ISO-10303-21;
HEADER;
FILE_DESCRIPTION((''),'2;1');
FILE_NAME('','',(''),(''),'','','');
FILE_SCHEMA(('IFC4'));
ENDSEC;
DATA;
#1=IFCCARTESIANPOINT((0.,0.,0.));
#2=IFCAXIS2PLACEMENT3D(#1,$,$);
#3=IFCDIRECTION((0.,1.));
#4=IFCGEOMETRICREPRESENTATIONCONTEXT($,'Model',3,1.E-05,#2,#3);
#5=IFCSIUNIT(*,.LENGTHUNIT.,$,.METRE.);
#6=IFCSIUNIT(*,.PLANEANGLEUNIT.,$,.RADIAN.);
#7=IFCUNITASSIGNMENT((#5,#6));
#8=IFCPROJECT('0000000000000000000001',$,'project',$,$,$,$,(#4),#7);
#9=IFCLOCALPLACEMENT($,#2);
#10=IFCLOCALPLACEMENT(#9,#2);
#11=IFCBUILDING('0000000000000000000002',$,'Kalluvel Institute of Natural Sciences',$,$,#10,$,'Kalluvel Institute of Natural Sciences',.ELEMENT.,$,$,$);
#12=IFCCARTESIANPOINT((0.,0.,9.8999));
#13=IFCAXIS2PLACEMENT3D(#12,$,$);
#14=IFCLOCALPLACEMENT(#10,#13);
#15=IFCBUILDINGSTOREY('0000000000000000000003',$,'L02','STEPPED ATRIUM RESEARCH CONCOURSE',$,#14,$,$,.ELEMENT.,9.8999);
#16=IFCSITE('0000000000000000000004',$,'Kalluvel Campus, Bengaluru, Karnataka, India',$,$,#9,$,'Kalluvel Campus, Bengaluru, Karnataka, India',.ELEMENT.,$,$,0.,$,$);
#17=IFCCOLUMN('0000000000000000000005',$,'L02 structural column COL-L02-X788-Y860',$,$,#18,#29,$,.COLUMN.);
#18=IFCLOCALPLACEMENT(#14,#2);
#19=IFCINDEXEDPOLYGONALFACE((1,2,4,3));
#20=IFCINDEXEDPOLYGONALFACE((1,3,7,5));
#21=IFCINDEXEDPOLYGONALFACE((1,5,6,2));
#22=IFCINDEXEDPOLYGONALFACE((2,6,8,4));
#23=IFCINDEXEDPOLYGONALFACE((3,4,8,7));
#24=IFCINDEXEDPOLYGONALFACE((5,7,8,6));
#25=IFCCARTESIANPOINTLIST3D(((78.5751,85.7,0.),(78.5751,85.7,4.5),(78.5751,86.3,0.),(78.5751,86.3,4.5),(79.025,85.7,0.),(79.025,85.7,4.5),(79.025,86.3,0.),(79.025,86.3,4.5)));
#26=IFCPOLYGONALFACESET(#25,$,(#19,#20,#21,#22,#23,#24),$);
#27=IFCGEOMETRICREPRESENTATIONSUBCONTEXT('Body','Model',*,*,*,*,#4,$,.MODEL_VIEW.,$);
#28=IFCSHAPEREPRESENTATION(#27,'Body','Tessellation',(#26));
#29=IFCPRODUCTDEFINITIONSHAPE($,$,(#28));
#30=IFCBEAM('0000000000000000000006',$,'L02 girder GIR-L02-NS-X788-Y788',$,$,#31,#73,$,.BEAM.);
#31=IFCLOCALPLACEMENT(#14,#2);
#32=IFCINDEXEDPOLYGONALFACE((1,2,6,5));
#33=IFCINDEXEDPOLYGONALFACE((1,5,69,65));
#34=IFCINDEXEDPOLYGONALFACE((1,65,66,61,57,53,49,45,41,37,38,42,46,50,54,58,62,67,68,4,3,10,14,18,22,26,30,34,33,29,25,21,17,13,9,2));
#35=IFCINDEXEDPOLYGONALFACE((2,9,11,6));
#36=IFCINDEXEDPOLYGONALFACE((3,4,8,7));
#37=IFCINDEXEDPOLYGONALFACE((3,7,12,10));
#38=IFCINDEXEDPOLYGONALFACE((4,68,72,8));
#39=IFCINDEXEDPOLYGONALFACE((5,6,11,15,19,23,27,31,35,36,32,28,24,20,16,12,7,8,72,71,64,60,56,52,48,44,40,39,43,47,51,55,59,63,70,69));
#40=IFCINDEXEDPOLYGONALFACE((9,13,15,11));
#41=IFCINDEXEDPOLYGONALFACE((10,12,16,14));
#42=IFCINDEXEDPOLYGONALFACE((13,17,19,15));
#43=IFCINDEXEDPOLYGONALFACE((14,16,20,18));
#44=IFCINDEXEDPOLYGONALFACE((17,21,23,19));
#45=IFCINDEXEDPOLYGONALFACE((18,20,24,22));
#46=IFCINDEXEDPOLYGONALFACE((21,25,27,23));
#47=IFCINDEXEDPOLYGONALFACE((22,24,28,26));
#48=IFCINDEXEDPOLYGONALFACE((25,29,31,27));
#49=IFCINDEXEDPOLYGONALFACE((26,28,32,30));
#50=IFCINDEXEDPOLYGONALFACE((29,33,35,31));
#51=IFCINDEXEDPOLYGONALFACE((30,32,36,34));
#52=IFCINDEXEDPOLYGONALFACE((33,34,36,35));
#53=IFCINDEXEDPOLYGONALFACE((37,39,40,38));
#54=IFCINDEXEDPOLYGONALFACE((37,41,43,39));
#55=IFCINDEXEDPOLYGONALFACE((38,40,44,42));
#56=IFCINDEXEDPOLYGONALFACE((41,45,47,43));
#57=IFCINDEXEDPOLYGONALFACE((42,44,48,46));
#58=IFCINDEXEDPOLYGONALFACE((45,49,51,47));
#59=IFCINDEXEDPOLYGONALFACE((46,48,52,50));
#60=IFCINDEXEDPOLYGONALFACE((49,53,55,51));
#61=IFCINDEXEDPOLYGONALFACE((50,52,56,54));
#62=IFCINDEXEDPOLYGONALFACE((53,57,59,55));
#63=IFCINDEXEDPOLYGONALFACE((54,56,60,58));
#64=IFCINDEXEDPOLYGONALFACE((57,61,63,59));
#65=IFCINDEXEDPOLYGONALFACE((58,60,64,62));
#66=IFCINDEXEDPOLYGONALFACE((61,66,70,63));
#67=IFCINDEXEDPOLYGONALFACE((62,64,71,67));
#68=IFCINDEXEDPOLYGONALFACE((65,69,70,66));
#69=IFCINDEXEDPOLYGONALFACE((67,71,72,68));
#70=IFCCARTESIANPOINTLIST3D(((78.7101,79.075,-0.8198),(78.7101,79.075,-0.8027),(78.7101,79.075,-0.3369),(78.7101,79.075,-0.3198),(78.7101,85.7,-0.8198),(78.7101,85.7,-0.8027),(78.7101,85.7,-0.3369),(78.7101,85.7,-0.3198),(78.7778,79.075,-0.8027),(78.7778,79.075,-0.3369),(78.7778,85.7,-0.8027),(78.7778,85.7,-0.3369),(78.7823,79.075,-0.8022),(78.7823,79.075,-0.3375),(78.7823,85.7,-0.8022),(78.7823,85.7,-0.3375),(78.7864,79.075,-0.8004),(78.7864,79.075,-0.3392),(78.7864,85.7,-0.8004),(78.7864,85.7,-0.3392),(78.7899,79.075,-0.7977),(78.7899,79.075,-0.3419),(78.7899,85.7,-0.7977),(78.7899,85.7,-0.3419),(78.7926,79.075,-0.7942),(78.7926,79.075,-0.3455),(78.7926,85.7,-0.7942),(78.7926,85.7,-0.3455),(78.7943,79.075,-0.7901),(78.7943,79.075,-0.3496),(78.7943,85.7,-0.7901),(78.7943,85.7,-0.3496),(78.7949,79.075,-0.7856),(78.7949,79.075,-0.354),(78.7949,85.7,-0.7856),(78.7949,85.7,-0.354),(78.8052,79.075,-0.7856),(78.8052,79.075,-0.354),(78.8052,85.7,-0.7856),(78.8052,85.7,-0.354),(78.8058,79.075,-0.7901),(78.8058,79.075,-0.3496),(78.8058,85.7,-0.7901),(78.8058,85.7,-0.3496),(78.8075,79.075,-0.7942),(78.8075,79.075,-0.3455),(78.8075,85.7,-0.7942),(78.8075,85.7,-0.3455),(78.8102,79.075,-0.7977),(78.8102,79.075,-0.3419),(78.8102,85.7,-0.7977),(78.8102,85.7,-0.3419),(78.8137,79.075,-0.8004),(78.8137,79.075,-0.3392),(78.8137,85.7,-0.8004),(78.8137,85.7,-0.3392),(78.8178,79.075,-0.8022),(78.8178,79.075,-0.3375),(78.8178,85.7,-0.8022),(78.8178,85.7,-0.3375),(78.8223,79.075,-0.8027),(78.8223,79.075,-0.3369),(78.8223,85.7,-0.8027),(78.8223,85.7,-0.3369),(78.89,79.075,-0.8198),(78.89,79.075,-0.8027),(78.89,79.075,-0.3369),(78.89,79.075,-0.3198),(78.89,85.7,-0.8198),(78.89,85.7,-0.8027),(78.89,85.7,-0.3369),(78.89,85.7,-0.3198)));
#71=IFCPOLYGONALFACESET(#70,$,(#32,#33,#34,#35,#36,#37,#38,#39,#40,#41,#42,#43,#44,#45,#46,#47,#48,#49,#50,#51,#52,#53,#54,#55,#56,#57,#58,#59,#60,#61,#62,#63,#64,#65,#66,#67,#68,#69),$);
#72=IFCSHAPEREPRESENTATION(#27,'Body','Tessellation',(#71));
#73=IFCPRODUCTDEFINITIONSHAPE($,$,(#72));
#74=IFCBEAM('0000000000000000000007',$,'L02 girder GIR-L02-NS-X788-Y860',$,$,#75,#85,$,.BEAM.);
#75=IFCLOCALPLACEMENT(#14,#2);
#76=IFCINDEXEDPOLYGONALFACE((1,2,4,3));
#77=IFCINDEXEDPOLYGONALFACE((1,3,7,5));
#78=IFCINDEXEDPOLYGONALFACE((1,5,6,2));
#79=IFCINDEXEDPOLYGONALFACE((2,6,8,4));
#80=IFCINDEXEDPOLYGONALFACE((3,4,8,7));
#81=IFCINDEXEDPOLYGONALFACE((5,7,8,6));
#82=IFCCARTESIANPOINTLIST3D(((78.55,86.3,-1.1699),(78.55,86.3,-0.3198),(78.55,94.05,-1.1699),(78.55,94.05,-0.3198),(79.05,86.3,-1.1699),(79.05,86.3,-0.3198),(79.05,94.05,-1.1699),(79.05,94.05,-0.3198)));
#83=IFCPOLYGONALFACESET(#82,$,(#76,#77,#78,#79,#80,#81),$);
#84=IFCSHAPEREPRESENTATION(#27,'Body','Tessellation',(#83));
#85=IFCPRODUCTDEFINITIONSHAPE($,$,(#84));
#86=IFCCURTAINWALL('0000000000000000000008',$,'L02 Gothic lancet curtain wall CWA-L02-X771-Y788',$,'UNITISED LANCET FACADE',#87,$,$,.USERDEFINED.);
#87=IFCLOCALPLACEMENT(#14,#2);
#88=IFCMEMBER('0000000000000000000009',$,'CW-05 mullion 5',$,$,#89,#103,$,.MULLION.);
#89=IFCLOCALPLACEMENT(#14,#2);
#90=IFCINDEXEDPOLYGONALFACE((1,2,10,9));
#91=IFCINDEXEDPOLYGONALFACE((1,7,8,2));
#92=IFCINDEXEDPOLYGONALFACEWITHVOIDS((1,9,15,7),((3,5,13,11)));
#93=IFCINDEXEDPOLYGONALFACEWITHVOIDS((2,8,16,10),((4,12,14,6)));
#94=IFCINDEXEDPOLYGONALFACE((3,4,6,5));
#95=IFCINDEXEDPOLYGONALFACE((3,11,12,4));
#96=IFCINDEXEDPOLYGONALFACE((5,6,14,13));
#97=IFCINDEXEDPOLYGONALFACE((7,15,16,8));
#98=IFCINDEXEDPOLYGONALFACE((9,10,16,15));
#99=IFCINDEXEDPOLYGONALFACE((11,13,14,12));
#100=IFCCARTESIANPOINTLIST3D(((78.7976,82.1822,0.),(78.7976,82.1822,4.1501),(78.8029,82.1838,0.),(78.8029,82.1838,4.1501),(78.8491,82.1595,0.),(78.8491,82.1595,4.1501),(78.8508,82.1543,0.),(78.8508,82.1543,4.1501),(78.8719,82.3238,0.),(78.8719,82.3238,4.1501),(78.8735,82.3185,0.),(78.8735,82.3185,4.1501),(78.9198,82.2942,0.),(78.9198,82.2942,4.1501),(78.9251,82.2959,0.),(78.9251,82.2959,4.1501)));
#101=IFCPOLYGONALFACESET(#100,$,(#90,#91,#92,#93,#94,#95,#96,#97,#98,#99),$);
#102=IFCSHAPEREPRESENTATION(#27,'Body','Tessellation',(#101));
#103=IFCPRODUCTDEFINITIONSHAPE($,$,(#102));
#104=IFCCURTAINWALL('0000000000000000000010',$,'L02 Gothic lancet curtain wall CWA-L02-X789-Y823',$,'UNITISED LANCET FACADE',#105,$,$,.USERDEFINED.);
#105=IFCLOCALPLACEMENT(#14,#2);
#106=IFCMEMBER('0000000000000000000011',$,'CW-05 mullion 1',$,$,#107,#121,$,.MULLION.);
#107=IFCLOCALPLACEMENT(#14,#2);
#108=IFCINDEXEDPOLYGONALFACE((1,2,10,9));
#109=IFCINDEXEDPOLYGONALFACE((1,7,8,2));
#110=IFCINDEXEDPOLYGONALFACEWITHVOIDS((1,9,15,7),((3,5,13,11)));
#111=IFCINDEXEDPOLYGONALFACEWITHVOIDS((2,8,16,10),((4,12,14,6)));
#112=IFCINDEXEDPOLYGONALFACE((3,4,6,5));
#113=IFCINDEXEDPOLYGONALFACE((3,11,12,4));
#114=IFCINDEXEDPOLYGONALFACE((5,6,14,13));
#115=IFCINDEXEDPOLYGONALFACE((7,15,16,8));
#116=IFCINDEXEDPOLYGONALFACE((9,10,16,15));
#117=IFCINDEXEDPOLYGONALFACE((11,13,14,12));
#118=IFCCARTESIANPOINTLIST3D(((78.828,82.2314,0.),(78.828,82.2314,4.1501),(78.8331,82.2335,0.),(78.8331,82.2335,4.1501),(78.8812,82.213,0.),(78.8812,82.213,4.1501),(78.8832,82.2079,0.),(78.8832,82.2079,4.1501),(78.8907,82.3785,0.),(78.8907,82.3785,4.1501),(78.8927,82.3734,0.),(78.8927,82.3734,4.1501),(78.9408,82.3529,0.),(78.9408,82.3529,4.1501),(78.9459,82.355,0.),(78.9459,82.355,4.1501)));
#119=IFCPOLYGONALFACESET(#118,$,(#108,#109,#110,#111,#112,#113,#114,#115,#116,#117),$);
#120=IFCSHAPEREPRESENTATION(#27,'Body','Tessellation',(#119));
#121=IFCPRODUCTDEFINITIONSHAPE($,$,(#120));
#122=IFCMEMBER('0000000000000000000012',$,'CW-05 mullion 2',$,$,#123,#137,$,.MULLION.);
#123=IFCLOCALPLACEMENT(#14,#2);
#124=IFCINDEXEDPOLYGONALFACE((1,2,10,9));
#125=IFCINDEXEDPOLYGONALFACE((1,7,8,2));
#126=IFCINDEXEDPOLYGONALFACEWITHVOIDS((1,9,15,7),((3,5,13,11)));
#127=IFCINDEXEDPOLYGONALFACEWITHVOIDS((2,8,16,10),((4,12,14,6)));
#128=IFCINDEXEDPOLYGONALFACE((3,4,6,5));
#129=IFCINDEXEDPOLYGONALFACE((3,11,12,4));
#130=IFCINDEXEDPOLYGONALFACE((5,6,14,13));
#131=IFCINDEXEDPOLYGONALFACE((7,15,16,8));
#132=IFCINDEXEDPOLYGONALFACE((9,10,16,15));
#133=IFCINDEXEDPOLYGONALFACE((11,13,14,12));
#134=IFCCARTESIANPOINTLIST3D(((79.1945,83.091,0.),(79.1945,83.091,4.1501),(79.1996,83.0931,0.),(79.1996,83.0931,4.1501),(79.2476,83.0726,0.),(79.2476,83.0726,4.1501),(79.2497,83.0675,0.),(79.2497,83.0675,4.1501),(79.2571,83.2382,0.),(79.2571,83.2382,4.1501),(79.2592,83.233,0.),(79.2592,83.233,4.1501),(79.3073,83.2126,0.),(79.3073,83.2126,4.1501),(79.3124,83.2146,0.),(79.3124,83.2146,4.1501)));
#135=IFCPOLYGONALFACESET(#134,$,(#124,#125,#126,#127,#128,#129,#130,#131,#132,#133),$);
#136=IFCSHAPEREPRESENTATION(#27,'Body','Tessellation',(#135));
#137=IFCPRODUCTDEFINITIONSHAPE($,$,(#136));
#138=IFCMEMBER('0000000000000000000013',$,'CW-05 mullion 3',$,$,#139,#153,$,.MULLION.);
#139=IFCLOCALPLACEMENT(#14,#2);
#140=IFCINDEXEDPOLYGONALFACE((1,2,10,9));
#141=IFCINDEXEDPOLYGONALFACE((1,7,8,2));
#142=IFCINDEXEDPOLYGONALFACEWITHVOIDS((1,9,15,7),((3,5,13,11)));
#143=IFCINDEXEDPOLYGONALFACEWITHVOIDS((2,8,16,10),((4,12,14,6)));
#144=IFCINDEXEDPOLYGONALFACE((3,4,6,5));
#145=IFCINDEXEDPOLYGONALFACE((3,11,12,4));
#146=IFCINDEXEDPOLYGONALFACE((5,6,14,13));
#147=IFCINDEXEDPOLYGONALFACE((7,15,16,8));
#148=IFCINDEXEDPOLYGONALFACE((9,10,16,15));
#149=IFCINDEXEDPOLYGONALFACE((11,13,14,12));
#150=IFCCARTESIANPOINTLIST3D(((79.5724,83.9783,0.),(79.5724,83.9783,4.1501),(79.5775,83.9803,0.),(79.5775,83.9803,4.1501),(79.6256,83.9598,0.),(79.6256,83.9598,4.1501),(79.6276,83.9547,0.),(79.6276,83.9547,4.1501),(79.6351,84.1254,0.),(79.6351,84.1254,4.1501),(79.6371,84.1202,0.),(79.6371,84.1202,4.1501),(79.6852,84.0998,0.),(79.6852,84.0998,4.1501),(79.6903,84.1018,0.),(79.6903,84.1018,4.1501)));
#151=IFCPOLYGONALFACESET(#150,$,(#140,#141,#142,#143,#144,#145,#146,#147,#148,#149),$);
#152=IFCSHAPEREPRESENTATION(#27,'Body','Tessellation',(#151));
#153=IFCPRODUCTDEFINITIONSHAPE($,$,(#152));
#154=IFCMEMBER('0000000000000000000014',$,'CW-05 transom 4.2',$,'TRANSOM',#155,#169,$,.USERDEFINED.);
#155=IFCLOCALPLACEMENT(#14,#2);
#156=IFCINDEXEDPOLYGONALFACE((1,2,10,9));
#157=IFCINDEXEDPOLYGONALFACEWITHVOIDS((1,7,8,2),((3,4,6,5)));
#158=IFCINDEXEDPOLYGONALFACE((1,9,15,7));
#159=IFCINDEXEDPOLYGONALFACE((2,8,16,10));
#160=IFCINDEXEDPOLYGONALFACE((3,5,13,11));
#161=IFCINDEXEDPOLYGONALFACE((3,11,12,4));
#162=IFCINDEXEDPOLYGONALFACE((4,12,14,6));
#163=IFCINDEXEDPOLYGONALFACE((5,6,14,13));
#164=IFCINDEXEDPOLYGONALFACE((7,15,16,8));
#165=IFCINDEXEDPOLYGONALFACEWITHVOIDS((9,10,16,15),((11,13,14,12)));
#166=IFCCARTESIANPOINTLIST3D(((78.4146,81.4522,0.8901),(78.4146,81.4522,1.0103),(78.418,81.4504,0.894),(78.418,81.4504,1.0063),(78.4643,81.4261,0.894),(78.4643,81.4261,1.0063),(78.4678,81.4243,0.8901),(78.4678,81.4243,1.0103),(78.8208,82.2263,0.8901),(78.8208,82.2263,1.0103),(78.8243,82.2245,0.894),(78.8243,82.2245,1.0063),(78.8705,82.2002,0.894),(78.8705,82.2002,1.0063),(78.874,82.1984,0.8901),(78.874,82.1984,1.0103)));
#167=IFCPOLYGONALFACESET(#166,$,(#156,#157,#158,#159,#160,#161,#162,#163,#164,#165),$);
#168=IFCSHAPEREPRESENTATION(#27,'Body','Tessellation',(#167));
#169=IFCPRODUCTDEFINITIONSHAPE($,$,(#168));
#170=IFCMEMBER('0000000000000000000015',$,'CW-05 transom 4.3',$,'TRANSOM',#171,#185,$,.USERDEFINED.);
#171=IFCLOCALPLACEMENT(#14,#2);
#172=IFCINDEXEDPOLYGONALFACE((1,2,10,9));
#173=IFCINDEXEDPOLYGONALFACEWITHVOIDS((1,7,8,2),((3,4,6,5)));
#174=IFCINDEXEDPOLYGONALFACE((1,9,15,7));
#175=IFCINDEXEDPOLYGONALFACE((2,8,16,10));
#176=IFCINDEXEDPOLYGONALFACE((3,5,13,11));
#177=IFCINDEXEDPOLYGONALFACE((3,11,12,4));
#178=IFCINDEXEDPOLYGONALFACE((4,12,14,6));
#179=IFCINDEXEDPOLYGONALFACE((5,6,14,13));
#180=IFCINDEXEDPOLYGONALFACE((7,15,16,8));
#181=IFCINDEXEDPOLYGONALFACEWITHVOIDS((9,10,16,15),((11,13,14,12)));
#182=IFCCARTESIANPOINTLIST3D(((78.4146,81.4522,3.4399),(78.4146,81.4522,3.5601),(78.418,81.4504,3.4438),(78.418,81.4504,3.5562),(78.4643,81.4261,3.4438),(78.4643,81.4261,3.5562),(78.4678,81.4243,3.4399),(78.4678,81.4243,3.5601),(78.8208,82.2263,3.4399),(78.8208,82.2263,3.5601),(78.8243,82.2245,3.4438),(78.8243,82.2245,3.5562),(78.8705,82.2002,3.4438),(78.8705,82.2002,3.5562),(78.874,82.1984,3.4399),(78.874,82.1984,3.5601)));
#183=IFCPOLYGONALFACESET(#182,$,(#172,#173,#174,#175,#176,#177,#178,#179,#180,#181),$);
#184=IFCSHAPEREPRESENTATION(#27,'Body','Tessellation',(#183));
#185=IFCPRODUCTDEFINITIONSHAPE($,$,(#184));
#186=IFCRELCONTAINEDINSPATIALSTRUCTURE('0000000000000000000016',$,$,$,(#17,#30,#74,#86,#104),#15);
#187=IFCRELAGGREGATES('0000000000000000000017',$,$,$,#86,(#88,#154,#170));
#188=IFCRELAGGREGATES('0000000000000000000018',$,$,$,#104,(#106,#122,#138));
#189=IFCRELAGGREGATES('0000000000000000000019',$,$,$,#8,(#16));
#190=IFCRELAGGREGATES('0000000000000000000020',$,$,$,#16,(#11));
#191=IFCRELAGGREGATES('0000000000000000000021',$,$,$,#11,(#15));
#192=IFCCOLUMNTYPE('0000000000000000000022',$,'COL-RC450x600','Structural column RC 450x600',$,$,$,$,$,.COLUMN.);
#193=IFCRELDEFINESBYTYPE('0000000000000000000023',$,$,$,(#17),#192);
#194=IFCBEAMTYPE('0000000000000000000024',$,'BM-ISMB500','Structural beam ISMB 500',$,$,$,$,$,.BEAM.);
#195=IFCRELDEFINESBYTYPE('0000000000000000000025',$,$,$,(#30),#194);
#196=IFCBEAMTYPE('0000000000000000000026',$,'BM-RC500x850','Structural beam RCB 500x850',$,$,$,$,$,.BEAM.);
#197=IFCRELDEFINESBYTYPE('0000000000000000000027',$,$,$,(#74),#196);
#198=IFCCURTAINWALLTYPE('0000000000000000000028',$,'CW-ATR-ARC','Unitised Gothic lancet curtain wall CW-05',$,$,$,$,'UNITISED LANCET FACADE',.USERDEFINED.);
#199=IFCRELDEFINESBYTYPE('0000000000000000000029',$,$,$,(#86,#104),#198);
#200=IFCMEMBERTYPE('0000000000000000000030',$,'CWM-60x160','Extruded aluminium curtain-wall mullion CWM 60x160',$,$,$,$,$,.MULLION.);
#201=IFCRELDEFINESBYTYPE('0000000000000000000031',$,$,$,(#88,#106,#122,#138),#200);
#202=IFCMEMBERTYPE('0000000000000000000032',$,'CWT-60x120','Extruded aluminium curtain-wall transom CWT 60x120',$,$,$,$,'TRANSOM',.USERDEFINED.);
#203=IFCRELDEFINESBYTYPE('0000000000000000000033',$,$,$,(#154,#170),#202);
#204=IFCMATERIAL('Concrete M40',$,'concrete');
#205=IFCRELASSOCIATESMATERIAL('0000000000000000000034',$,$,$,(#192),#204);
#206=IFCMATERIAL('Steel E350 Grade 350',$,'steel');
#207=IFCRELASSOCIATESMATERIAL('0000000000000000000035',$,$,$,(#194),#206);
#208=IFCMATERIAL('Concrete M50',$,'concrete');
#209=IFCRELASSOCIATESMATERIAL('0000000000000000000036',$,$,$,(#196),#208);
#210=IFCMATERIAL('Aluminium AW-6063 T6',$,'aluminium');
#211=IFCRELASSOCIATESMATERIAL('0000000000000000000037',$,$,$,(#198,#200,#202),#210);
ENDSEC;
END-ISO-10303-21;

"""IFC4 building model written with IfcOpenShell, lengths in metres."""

from ifc_helpers import new_model, si_unit, direction, frame, origin, origin_2d, place, context, subcontext, project, spatial, rectangle, hollow_rectangle, i_section, extrude, material, material_profile, profile_set, type_object, element, aggregate, save


model = new_model("IFC4")

# Units and contexts
model_context = context("Model", 3, precision=1e-05, world=origin(), true_north=direction((0.0, 1.0)))
body_context = subcontext(model_context, "Body", "Model", "MODEL_VIEW")
ifc_project = project(units=[si_unit("LENGTHUNIT", "METRE"), si_unit("PLANEANGLEUNIT", "RADIAN")], contexts=[model_context])

# Site, building, storey
site_placement = place(None, origin())
site = spatial("IfcSite", under=ifc_project, at=site_placement, Name="Kalluvel Campus, Bengaluru, Karnataka, India", LongName="Kalluvel Campus, Bengaluru, Karnataka, India", CompositionType="ELEMENT", RefElevation=0.0)
building_placement = place(site_placement, origin())
building = spatial("IfcBuilding", under=site, at=building_placement, Name="Kalluvel Institute of Natural Sciences", LongName="Kalluvel Institute of Natural Sciences", CompositionType="ELEMENT")
storey_placement = place(building_placement, frame((0.0, 0.0, 9.8999)))
storey = spatial("IfcBuildingStorey", under=building, at=storey_placement, Name="L02", Description="STEPPED ATRIUM RESEARCH CONCOURSE", CompositionType="ELEMENT", Elevation=9.8999)

# Column
ifc_material_1 = material(Name="Concrete M40", Category="concrete")
ifc_material_profile_1 = material_profile(ifc_material_1, rectangle(XDim=0.45, YDim=0.6001, at=origin_2d()), Name="RC 450x600")
ifc_profile_set_1 = profile_set([ifc_material_profile_1], Name="Concrete M40")
column_type = type_object("IfcColumnType", Name="COL-RC450x600", Description="Structural column RC 450x600", PredefinedType="COLUMN", material=ifc_profile_set_1)
column_placement = place(storey_placement, frame((78.8, 86.0, 0.0), z_axis=(0.0, 0.0, 1.0), x_axis=(1.0, 0.0, 0.0)))
element("IfcColumn", 1, at=column_placement, inside=storey, type_object=column_type, Name="L02 structural column COL-L02-X788-Y860", PredefinedType="COLUMN", context=body_context, shape_type="SweptSolid", body=[
    extrude(rectangle(XDim=0.45, YDim=0.6001, at=origin_2d()), origin(), (0.0, 0.0, 1.0), 4.5),
])

# Beams
ifc_material_2 = material(Name="Steel E350 Grade 350", Category="steel")
ifc_material_profile_2 = material_profile(ifc_material_2, i_section(OverallWidth=0.1799, OverallDepth=0.5, WebThickness=0.0103, FlangeThickness=0.0171, FilletRadius=0.0171, at=origin_2d()), Name="ISMB 500")
ifc_profile_set_2 = profile_set([ifc_material_profile_2], Name="Steel E350 Grade 350")
beam_type_1 = type_object("IfcBeamType", Name="BM-ISMB500", Description="Structural beam ISMB 500", PredefinedType="BEAM", material=ifc_profile_set_2)
beam_1_placement = place(storey_placement, frame((78.8, 79.075, -0.5698), z_axis=(0.0, 1.0, 0.0), x_axis=(-1.0, 0.0, 0.0)))
element("IfcBeam", 2, at=beam_1_placement, inside=storey, type_object=beam_type_1, Name="L02 girder GIR-L02-NS-X788-Y788", PredefinedType="BEAM", context=body_context, shape_type="SweptSolid", body=[
    extrude(i_section(OverallWidth=0.1799, OverallDepth=0.5, WebThickness=0.0103, FlangeThickness=0.0171, FilletRadius=0.0171, at=origin_2d()), origin(), (0.0, 0.0, 1.0), 6.625),
])
ifc_material_3 = material(Name="Concrete M50", Category="concrete")
ifc_material_profile_3 = material_profile(ifc_material_3, rectangle(XDim=0.5, YDim=0.8501, at=origin_2d()), Name="RCB 500x850")
ifc_profile_set_3 = profile_set([ifc_material_profile_3], Name="Concrete M50")
beam_type_2 = type_object("IfcBeamType", Name="BM-RC500x850", Description="Structural beam RCB 500x850", PredefinedType="BEAM", material=ifc_profile_set_3)
beam_2_placement = place(storey_placement, frame((78.8, 86.3, -0.7449), z_axis=(0.0, 1.0, 0.0), x_axis=(-1.0, 0.0, 0.0)))
element("IfcBeam", 3, at=beam_2_placement, inside=storey, type_object=beam_type_2, Name="L02 girder GIR-L02-NS-X788-Y860", PredefinedType="BEAM", context=body_context, shape_type="SweptSolid", body=[
    extrude(rectangle(XDim=0.5, YDim=0.8501, at=origin_2d()), origin(), (0.0, 0.0, 1.0), 7.75),
])

# Curtain wall, member
ifc_material_4 = material(Name="Aluminium AW-6063 T6", Category="aluminium")
curtain_wall_type = type_object("IfcCurtainWallType", Name="CW-ATR-ARC", Description="Unitised Gothic lancet curtain wall CW-05", ElementType="UNITISED LANCET FACADE", PredefinedType="USERDEFINED", material=ifc_material_4)
curtain_wall_1_placement = place(storey_placement, origin())
curtain_wall_1 = element("IfcCurtainWall", 4, at=curtain_wall_1_placement, inside=storey, type_object=curtain_wall_type, Name="L02 Gothic lancet curtain wall CWA-L02-X771-Y788", ObjectType="UNITISED LANCET FACADE", PredefinedType="USERDEFINED")
ifc_material_profile_4 = material_profile(ifc_material_4, hollow_rectangle(XDim=0.0601, YDim=0.1599, WallThickness=0.0039, at=origin_2d()), Name="CWM 60x160")
ifc_profile_set_4 = profile_set([ifc_material_profile_4], Name="Aluminium AW-6063 T6")
member_type_1 = type_object("IfcMemberType", Name="CWM-60x160", Description="Extruded aluminium curtain-wall mullion CWM 60x160", PredefinedType="MULLION", material=ifc_profile_set_4)
member_1_placement = place(storey_placement, frame((78.8613, 82.239, 0.0), z_axis=(0.0, 0.0, 1.0), x_axis=(-0.88545, 0.464734, 0.0)))
member_1 = element("IfcMember", 5, at=member_1_placement, type_object=member_type_1, Name="CW-05 mullion 5", PredefinedType="MULLION", context=body_context, shape_type="SweptSolid", body=[
    extrude(hollow_rectangle(XDim=0.0601, YDim=0.1599, WallThickness=0.0039, at=origin_2d()), origin(), (0.0, 0.0, 1.0), 4.1501),
])

# Curtain wall, members
curtain_wall_2_placement = place(storey_placement, origin())
curtain_wall_2 = element("IfcCurtainWall", 6, at=curtain_wall_2_placement, inside=storey, type_object=curtain_wall_type, Name="L02 Gothic lancet curtain wall CWA-L02-X789-Y823", ObjectType="UNITISED LANCET FACADE", PredefinedType="USERDEFINED")
member_2_placement = place(storey_placement, frame((78.887, 82.2932, 0.0), z_axis=(0.0, 0.0, 1.0), x_axis=(-0.91998, 0.391966, 0.0)))
member_2 = element("IfcMember", 7, at=member_2_placement, type_object=member_type_1, Name="CW-05 mullion 1", PredefinedType="MULLION", context=body_context, shape_type="SweptSolid", body=[
    extrude(hollow_rectangle(XDim=0.0601, YDim=0.1599, WallThickness=0.0039, at=origin_2d()), origin(), (0.0, 0.0, 1.0), 4.1501),
])
member_3_placement = place(storey_placement, frame((79.2534, 83.1528, 0.0), z_axis=(0.0, 0.0, 1.0), x_axis=(-0.91998, 0.391966, 0.0)))
member_3 = element("IfcMember", 8, at=member_3_placement, type_object=member_type_1, Name="CW-05 mullion 2", PredefinedType="MULLION", context=body_context, shape_type="SweptSolid", body=[
    extrude(hollow_rectangle(XDim=0.0601, YDim=0.1599, WallThickness=0.0039, at=origin_2d()), origin(), (0.0, 0.0, 1.0), 4.1501),
])
member_4_placement = place(storey_placement, frame((79.6313, 84.04, 0.0), z_axis=(0.0, 0.0, 1.0), x_axis=(-0.91998, 0.391966, 0.0)))
member_4 = element("IfcMember", 9, at=member_4_placement, type_object=member_type_1, Name="CW-05 mullion 3", PredefinedType="MULLION", context=body_context, shape_type="SweptSolid", body=[
    extrude(hollow_rectangle(XDim=0.0601, YDim=0.1599, WallThickness=0.0039, at=origin_2d()), origin(), (0.0, 0.0, 1.0), 4.1501),
])

# Members
ifc_material_profile_5 = material_profile(ifc_material_4, hollow_rectangle(XDim=0.0601, YDim=0.1201, WallThickness=0.0039, at=origin_2d()), Name="CWT 60x120")
ifc_profile_set_5 = profile_set([ifc_material_profile_5], Name="Aluminium AW-6063 T6")
member_type_2 = type_object("IfcMemberType", Name="CWT-60x120", Description="Extruded aluminium curtain-wall transom CWT 60x120", ElementType="TRANSOM", PredefinedType="USERDEFINED", material=ifc_profile_set_5)
member_5_placement = place(storey_placement, frame((78.4412, 81.4382, 0.9502), z_axis=(0.464664, 0.885487, 0.0), x_axis=(-0.885487, 0.464664, 0.0)))
member_5 = element("IfcMember", 10, at=member_5_placement, type_object=member_type_2, Name="CW-05 transom 4.2", ObjectType="TRANSOM", PredefinedType="USERDEFINED", context=body_context, shape_type="SweptSolid", body=[
    extrude(hollow_rectangle(XDim=0.0601, YDim=0.1201, WallThickness=0.0039, at=origin_2d()), origin(), (0.0, 0.0, 1.0), 0.8743),
])
member_6_placement = place(storey_placement, frame((78.4412, 81.4382, 3.5), z_axis=(0.464664, 0.885487, 0.0), x_axis=(-0.885487, 0.464664, 0.0)))
member_6 = element("IfcMember", 11, at=member_6_placement, type_object=member_type_2, Name="CW-05 transom 4.3", ObjectType="TRANSOM", PredefinedType="USERDEFINED", context=body_context, shape_type="SweptSolid", body=[
    extrude(hollow_rectangle(XDim=0.0601, YDim=0.1201, WallThickness=0.0039, at=origin_2d()), origin(), (0.0, 0.0, 1.0), 0.8743),
])

aggregate(curtain_wall_1, [member_1, member_5, member_6])
aggregate(curtain_wall_2, [member_2, member_3, member_4])

save(model, "model.ifc")
